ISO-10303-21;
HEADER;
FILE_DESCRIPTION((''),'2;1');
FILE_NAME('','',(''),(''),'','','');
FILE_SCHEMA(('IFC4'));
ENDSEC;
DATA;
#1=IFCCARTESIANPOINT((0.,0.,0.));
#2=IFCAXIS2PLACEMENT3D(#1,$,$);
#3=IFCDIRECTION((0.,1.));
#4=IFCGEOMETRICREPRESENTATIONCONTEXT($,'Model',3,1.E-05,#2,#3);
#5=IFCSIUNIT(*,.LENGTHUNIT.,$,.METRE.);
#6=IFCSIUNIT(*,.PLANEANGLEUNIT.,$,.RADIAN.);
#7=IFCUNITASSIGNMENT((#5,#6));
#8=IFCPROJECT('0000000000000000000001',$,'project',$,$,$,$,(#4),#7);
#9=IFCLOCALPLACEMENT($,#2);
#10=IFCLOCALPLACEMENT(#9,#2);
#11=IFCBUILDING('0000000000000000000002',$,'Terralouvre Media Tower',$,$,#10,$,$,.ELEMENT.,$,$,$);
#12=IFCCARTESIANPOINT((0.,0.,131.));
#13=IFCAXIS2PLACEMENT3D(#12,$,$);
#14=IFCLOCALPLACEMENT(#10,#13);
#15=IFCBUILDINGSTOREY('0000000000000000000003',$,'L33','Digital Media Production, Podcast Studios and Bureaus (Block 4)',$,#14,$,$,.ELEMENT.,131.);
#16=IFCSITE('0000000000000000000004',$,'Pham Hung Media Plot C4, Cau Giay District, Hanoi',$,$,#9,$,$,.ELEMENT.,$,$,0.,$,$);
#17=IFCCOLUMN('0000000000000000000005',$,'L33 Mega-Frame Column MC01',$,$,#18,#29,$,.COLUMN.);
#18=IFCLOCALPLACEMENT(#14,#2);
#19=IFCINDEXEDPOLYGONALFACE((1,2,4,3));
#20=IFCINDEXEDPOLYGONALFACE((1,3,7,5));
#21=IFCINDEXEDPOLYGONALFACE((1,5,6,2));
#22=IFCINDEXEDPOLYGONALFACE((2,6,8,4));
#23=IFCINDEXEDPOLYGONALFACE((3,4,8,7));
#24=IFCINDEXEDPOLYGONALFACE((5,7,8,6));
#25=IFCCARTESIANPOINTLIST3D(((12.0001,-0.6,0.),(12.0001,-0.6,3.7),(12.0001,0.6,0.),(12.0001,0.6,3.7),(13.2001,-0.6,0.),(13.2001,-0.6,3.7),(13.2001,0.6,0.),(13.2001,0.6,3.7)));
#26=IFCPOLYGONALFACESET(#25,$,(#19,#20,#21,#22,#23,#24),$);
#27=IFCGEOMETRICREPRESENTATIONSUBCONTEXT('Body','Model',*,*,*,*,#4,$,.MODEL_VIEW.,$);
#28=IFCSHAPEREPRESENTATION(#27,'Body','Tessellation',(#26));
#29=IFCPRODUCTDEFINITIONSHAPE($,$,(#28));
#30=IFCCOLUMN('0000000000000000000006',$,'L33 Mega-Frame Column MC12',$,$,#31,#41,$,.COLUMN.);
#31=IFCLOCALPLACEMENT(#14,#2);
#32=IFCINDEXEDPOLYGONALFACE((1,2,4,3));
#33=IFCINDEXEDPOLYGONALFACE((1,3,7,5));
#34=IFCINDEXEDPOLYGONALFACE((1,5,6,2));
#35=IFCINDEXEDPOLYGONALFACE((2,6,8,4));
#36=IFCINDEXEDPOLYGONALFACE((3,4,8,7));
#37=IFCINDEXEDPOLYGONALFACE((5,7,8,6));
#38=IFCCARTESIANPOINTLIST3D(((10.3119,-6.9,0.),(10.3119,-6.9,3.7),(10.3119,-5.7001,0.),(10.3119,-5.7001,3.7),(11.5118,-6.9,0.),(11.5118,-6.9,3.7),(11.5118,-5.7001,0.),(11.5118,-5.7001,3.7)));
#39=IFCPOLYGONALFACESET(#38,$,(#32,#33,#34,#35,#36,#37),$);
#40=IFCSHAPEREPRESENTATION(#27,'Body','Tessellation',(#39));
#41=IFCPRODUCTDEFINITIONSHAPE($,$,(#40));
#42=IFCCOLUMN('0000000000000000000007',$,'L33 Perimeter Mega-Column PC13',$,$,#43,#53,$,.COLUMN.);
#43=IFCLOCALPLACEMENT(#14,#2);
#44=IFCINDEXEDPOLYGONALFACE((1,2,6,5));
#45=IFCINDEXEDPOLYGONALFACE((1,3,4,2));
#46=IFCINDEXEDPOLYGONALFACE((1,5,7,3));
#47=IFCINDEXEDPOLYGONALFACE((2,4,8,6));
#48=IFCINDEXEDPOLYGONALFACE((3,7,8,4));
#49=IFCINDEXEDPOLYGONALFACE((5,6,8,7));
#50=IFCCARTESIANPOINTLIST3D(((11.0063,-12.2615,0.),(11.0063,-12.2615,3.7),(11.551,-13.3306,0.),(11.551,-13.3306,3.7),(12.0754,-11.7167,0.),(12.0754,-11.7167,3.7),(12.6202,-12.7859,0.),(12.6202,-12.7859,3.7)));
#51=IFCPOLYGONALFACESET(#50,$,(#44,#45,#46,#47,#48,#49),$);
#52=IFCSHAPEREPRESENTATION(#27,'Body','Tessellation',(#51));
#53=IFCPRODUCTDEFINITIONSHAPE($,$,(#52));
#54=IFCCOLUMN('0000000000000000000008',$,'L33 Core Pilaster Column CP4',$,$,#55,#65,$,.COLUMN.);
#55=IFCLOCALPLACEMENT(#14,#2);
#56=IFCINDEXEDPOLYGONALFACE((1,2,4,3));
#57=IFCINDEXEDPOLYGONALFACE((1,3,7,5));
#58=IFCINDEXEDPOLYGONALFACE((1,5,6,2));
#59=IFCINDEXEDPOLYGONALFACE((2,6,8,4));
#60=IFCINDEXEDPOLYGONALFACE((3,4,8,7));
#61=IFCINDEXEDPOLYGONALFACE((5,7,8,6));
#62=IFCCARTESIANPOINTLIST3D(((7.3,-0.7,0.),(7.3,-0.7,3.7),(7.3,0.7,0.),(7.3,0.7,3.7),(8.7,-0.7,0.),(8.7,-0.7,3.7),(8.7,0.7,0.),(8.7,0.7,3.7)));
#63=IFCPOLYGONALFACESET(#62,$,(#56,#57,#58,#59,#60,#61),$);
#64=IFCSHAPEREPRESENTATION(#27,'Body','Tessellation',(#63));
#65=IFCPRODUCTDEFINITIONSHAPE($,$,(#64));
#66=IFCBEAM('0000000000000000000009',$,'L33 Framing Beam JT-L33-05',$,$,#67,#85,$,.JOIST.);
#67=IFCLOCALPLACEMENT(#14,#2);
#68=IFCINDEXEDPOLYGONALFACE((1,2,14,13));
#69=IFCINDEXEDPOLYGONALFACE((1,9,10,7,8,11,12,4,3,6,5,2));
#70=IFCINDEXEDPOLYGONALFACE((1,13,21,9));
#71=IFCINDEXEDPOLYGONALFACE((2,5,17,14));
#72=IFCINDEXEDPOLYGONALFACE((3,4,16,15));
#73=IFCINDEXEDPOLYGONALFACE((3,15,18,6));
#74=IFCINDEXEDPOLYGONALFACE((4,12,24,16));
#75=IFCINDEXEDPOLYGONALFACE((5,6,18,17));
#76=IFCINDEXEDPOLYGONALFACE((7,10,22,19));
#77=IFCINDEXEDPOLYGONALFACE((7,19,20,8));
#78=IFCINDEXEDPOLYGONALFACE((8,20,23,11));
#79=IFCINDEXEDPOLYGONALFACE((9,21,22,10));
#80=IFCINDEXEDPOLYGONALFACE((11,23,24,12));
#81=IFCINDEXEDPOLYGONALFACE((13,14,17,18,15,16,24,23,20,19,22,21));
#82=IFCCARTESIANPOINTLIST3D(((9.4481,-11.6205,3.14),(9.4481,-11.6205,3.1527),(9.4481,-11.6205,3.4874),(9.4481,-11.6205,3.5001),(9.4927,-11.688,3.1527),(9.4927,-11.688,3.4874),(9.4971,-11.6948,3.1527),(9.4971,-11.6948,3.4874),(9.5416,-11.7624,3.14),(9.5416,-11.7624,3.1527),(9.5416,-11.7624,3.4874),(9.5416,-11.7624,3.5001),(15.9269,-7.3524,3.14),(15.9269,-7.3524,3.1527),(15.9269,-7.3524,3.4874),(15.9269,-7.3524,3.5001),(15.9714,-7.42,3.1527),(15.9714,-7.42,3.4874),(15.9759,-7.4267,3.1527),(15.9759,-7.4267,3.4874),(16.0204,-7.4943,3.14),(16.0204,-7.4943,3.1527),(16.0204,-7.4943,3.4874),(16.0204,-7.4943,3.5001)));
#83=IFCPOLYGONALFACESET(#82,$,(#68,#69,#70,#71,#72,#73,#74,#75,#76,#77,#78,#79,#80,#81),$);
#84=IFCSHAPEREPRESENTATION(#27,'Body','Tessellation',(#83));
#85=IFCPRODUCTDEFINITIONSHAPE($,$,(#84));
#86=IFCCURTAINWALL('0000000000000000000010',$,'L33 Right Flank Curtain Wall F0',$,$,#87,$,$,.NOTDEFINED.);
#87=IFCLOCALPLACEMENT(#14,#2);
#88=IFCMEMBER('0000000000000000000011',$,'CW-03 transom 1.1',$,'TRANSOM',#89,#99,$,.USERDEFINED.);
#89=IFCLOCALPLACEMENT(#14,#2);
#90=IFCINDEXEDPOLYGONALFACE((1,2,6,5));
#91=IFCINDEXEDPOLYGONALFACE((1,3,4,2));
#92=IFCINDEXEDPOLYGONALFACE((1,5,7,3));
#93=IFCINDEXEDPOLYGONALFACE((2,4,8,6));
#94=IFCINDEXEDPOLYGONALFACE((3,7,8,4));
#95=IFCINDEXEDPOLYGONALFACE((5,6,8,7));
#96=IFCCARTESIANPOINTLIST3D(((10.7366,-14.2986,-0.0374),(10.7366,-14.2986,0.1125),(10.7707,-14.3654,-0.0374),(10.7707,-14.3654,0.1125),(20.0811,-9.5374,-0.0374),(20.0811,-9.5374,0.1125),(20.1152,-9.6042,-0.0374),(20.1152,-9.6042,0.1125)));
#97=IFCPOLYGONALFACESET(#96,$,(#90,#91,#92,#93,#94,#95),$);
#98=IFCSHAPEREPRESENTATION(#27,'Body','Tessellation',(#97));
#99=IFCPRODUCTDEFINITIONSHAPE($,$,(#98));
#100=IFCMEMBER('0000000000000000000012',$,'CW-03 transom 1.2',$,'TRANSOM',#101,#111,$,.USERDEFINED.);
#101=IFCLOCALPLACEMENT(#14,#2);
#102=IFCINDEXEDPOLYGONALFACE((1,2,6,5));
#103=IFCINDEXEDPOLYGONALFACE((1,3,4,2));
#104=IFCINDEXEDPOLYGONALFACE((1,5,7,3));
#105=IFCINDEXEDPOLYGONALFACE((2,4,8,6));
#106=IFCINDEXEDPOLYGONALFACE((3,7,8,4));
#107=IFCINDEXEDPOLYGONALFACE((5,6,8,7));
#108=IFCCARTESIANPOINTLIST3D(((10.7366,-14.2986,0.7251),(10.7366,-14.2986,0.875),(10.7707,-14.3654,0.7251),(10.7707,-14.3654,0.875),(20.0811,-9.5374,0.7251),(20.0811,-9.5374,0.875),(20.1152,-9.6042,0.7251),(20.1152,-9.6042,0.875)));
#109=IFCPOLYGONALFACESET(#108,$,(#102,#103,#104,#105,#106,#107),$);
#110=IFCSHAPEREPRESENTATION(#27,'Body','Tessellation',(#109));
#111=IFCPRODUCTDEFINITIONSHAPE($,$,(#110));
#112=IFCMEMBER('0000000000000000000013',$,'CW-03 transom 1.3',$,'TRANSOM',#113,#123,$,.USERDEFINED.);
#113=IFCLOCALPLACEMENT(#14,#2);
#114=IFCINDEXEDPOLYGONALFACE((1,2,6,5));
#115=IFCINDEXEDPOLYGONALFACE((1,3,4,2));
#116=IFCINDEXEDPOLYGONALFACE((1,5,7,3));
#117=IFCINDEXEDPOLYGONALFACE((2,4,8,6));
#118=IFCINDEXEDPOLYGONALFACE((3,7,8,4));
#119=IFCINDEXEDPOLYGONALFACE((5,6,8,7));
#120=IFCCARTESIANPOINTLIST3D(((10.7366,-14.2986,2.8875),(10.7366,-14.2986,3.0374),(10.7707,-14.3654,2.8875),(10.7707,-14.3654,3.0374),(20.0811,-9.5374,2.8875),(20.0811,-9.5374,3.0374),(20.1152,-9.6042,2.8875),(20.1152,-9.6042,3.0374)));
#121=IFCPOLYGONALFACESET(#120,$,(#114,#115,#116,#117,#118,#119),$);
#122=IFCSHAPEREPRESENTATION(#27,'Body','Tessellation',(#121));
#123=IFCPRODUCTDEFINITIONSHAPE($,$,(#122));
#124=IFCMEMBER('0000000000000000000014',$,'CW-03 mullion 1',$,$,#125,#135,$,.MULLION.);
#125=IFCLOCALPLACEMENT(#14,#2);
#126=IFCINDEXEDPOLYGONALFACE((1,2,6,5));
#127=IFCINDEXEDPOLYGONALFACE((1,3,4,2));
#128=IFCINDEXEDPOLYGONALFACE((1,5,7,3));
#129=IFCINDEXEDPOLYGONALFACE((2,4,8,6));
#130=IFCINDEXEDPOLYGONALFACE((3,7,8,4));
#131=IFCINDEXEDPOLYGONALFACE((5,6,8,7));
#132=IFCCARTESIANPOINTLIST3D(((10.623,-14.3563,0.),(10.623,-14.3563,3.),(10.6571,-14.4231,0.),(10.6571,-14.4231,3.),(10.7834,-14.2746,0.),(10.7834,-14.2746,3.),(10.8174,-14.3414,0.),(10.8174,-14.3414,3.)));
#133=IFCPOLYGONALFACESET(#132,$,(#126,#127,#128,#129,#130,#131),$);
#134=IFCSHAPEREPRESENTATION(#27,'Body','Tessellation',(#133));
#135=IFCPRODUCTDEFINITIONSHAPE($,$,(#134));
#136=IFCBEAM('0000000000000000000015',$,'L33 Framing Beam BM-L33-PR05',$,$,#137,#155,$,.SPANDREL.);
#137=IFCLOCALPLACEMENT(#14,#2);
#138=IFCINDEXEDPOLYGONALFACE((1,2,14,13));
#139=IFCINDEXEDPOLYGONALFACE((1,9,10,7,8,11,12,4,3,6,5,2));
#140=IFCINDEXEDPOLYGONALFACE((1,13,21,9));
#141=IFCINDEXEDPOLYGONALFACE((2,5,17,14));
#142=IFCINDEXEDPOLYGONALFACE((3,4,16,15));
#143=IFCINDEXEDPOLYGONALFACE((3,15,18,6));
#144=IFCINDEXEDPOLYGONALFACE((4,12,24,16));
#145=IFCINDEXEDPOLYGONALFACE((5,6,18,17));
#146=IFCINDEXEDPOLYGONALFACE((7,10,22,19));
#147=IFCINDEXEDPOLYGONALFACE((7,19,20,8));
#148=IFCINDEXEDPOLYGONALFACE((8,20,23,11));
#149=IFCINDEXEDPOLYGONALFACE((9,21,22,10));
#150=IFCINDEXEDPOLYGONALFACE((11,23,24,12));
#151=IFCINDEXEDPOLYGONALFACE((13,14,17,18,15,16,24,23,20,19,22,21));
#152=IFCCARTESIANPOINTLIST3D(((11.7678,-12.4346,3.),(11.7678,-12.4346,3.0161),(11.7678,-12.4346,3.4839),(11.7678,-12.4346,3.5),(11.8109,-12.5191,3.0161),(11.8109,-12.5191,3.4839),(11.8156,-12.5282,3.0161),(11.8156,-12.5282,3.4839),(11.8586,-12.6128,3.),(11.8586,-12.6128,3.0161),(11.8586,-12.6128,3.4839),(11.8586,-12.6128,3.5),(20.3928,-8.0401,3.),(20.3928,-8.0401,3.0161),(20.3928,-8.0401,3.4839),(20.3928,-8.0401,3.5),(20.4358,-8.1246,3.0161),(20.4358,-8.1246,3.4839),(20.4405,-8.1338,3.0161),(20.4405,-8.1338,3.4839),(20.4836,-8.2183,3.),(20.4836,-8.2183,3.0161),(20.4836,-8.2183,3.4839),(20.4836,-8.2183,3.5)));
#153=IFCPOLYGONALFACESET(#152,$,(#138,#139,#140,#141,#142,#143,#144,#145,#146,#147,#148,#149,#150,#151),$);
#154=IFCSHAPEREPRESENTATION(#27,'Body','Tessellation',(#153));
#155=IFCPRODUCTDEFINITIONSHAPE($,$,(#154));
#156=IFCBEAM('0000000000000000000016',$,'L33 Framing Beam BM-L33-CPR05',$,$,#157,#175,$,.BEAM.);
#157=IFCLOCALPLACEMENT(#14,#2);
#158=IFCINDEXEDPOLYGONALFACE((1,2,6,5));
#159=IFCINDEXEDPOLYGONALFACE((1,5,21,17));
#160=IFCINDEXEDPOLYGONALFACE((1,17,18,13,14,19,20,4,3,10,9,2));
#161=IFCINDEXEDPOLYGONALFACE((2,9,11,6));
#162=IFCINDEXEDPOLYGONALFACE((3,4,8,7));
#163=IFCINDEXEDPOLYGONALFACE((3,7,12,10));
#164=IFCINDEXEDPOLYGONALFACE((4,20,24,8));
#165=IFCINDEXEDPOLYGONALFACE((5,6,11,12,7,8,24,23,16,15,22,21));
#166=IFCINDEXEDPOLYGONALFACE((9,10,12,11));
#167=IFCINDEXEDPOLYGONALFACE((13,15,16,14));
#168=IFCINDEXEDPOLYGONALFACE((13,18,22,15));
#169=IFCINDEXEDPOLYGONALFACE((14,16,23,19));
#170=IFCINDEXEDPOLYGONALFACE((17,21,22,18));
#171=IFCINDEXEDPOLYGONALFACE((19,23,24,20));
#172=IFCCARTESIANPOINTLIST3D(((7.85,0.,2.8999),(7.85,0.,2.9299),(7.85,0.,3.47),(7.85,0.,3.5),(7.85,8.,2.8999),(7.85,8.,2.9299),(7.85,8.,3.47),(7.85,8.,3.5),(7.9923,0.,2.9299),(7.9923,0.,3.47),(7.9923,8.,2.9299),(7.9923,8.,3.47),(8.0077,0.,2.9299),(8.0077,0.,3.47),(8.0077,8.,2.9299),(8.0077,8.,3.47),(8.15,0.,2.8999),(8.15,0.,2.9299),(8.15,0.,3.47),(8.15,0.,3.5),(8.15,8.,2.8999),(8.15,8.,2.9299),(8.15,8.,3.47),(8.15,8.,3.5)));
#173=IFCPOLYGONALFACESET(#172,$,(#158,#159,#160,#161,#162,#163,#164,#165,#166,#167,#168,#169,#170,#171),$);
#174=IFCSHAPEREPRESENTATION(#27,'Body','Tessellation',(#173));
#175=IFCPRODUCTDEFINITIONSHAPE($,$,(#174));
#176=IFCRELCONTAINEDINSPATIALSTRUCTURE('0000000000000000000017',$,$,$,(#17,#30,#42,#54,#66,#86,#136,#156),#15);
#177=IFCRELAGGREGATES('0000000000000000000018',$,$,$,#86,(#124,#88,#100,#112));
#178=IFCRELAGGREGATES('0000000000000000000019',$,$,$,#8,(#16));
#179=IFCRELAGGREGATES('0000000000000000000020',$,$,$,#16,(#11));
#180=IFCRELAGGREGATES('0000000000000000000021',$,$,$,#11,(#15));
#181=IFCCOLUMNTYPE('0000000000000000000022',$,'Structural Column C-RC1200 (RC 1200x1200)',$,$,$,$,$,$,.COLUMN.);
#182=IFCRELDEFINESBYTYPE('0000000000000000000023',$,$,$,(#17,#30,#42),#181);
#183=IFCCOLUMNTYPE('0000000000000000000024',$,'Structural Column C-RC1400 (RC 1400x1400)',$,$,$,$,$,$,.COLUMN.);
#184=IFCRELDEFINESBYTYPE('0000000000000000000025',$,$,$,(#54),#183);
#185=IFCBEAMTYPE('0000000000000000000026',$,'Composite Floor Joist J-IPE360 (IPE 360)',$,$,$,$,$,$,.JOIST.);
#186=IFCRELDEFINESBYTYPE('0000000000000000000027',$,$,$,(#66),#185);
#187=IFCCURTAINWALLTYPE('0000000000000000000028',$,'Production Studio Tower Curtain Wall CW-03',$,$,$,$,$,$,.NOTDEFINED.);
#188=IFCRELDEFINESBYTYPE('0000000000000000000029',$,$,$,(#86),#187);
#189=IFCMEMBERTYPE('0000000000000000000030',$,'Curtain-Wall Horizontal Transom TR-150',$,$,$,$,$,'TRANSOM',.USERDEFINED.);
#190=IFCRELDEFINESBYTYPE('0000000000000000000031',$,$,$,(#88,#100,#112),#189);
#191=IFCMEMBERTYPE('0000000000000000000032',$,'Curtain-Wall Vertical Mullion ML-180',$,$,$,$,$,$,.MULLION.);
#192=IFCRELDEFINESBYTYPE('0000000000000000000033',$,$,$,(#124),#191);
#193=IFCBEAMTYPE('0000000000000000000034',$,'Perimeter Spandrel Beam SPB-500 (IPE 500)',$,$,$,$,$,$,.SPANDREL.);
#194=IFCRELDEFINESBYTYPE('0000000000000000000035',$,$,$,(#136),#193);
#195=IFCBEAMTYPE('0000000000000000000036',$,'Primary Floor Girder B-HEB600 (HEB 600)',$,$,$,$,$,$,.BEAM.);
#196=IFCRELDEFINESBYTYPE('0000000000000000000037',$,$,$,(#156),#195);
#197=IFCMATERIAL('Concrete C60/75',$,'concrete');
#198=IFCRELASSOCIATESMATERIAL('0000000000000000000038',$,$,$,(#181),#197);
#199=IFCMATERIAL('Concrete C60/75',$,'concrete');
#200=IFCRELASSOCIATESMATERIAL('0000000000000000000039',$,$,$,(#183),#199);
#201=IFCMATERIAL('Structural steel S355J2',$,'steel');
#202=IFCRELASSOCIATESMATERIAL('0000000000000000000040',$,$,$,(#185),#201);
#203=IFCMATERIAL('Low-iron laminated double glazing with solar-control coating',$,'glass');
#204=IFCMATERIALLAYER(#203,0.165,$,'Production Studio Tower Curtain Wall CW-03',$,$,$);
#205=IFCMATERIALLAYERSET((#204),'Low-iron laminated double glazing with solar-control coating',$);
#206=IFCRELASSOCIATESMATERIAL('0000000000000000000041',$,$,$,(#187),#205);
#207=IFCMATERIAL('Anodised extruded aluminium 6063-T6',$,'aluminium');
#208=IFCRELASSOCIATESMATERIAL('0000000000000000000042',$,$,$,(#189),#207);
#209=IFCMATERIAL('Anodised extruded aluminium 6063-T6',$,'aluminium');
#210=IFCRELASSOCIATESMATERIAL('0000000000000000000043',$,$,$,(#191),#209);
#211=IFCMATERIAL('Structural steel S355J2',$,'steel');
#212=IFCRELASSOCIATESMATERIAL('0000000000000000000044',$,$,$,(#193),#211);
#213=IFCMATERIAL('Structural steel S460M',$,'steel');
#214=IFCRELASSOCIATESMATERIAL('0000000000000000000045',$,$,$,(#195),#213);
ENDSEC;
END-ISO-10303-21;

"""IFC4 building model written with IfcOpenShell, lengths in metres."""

from ifc_helpers import new_model, si_unit, direction, frame, origin, origin_2d, place, context, subcontext, project, spatial, rectangle, i_section, extrude, material, layer, layer_set, material_profile, profile_set, type_object, element, aggregate, save


model = new_model("IFC4")

# Units and contexts
model_context = context("Model", 3, precision=1e-05, world=origin(), true_north=direction((0.0, 1.0)))
body_context = subcontext(model_context, "Body", "Model", "MODEL_VIEW")
ifc_project = project(units=[si_unit("LENGTHUNIT", "METRE"), si_unit("PLANEANGLEUNIT", "RADIAN")], contexts=[model_context])

# Site, building, storey
site_placement = place(None, origin())
site = spatial("IfcSite", under=ifc_project, at=site_placement, Name="Pham Hung Media Plot C4, Cau Giay District, Hanoi", CompositionType="ELEMENT", RefElevation=0.0)
building_placement = place(site_placement, origin())
building = spatial("IfcBuilding", under=site, at=building_placement, Name="Terralouvre Media Tower", CompositionType="ELEMENT")
storey_placement = place(building_placement, frame((0.0, 0.0, 131.0)))
storey = spatial("IfcBuildingStorey", under=building, at=storey_placement, Name="L33", Description="Digital Media Production, Podcast Studios and Bureaus (Block 4)", CompositionType="ELEMENT", Elevation=131.0)

# Columns
ifc_material_1 = material(Name="Concrete C60/75", Category="concrete")
ifc_material_profile_1 = material_profile(ifc_material_1, rectangle(XDim=1.2, YDim=1.2, at=origin_2d()), Name="RC 1200x1200")
ifc_profile_set_1 = profile_set([ifc_material_profile_1], Name="Concrete C60/75")
column_type_1 = type_object("IfcColumnType", Name="Structural Column C-RC1200 (RC 1200x1200)", PredefinedType="COLUMN", material=ifc_profile_set_1)
for number, where, z_axis, x_axis, name in (
    (1, (12.6001, 0.0, 0.0), (0.0, 0.0, 1.0), (1.0, 0.0, 0.0), "L33 Mega-Frame Column MC01"),
    (2, (10.9119, -6.3, 0.0), (0.0, 0.0, 1.0), (1.0, 0.0, 0.0), "L33 Mega-Frame Column MC12"),
    (3, (11.8132, -12.5237, 0.0), (0.0, 0.0, 1.0), (0.891007, 0.45399, 0.0), "L33 Perimeter Mega-Column PC13"),
):
    element("IfcColumn", number, at=place(storey_placement, frame(where, z_axis=z_axis, x_axis=x_axis)), inside=storey, type_object=column_type_1, Name=name, PredefinedType="COLUMN", context=body_context, shape_type="SweptSolid", body=[
        extrude(rectangle(XDim=1.2, YDim=1.2, at=origin_2d()), origin(), (0.0, 0.0, 1.0), 3.7),
    ])
ifc_material_2 = material(Name="Concrete C60/75", Category="concrete")
ifc_material_profile_2 = material_profile(ifc_material_2, rectangle(XDim=1.3999, YDim=1.3999, at=origin_2d()), Name="RC 1400x1400")
ifc_profile_set_2 = profile_set([ifc_material_profile_2], Name="Concrete C60/75")
column_type_2 = type_object("IfcColumnType", Name="Structural Column C-RC1400 (RC 1400x1400)", PredefinedType="COLUMN", material=ifc_profile_set_2)
column_placement = place(storey_placement, frame((8.0, 0.0, 0.0), z_axis=(0.0, 0.0, 1.0), x_axis=(1.0, 0.0, 0.0)))
element("IfcColumn", 4, at=column_placement, inside=storey, type_object=column_type_2, Name="L33 Core Pilaster Column CP4", PredefinedType="COLUMN", context=body_context, shape_type="SweptSolid", body=[
    extrude(rectangle(XDim=1.3999, YDim=1.3999, at=origin_2d()), origin(), (0.0, 0.0, 1.0), 3.7),
])

# Beam
ifc_material_3 = material(Name="Structural steel S355J2", Category="steel")
ifc_material_profile_3 = material_profile(ifc_material_3, i_section(OverallWidth=0.1699, OverallDepth=0.3601, WebThickness=0.0081, FlangeThickness=0.0127, at=origin_2d()), Name="IPE 360")
ifc_profile_set_3 = profile_set([ifc_material_profile_3], Name="Structural steel S355J2")
beam_type_1 = type_object("IfcBeamType", Name="Composite Floor Joist J-IPE360 (IPE 360)", PredefinedType="JOIST", material=ifc_profile_set_3)
beam_1_placement = place(storey_placement, frame((9.4949, -11.6914, 3.3201), z_axis=(0.835078, 0.550131, 0.0), x_axis=(-0.550131, 0.835078, 0.0)))
element("IfcBeam", 5, at=beam_1_placement, inside=storey, type_object=beam_type_1, Name="L33 Framing Beam JT-L33-05", PredefinedType="JOIST", context=body_context, shape_type="SweptSolid", body=[
    extrude(i_section(OverallWidth=0.1699, OverallDepth=0.3601, WebThickness=0.0081, FlangeThickness=0.0127, at=origin_2d()), origin(), (0.0, 0.0, 1.0), 7.7583),
])

# Curtain wall, members
ifc_material_4 = material(Name="Low-iron laminated double glazing with solar-control coating", Category="glass")
ifc_layer_1 = layer(ifc_material_4, 0.165, Name="Production Studio Tower Curtain Wall CW-03")
ifc_layer_set_1 = layer_set([ifc_layer_1], Name="Low-iron laminated double glazing with solar-control coating")
curtain_wall_type = type_object("IfcCurtainWallType", Name="Production Studio Tower Curtain Wall CW-03", PredefinedType="NOTDEFINED", material=ifc_layer_set_1)
curtain_wall_placement = place(storey_placement, origin())
curtain_wall = element("IfcCurtainWall", 6, at=curtain_wall_placement, inside=storey, type_object=curtain_wall_type, Name="L33 Right Flank Curtain Wall F0", PredefinedType="NOTDEFINED")
ifc_material_5 = material(Name="Anodised extruded aluminium 6063-T6", Category="aluminium")
ifc_material_profile_4 = material_profile(ifc_material_5, rectangle(XDim=0.075, YDim=0.1499, at=origin_2d()), Name="ALU 75x150")
ifc_profile_set_4 = profile_set([ifc_material_profile_4], Name="Anodised extruded aluminium 6063-T6")
member_type_1 = type_object("IfcMemberType", Name="Curtain-Wall Horizontal Transom TR-150", ElementType="TRANSOM", PredefinedType="USERDEFINED", material=ifc_profile_set_4)
member_1_placement = place(storey_placement, frame((10.7537, -14.332, 0.0376), z_axis=(0.891007, 0.453989, 0.0), x_axis=(-0.453989, 0.891007, 0.0)))
member_1 = element("IfcMember", 7, at=member_1_placement, type_object=member_type_1, Name="CW-03 transom 1.1", ObjectType="TRANSOM", PredefinedType="USERDEFINED", context=body_context, shape_type="SweptSolid", body=[
    extrude(rectangle(XDim=0.075, YDim=0.1499, at=origin_2d()), origin(), (0.0, 0.0, 1.0), 10.4875),
])
member_2_placement = place(storey_placement, frame((10.7537, -14.332, 0.8), z_axis=(0.891007, 0.453989, 0.0), x_axis=(-0.453989, 0.891007, 0.0)))
member_2 = element("IfcMember", 8, at=member_2_placement, type_object=member_type_1, Name="CW-03 transom 1.2", ObjectType="TRANSOM", PredefinedType="USERDEFINED", context=body_context, shape_type="SweptSolid", body=[
    extrude(rectangle(XDim=0.075, YDim=0.1499, at=origin_2d()), origin(), (0.0, 0.0, 1.0), 10.4875),
])
member_3_placement = place(storey_placement, frame((10.7537, -14.332, 2.9624), z_axis=(0.891007, 0.453989, 0.0), x_axis=(-0.453989, 0.891007, 0.0)))
member_3 = element("IfcMember", 9, at=member_3_placement, type_object=member_type_1, Name="CW-03 transom 1.3", ObjectType="TRANSOM", PredefinedType="USERDEFINED", context=body_context, shape_type="SweptSolid", body=[
    extrude(rectangle(XDim=0.075, YDim=0.1499, at=origin_2d()), origin(), (0.0, 0.0, 1.0), 10.4875),
])
ifc_material_6 = material(Name="Anodised extruded aluminium 6063-T6", Category="aluminium")
ifc_material_profile_5 = material_profile(ifc_material_6, rectangle(XDim=0.075, YDim=0.1799, at=origin_2d()), Name="ALU 75x180")
ifc_profile_set_5 = profile_set([ifc_material_profile_5], Name="Anodised extruded aluminium 6063-T6")
member_type_2 = type_object("IfcMemberType", Name="Curtain-Wall Vertical Mullion ML-180", PredefinedType="MULLION", material=ifc_profile_set_5)
member_4_placement = place(storey_placement, frame((10.7202, -14.3489, 0.0), z_axis=(0.0, 0.0, 1.0), x_axis=(-0.453991, 0.891006, 0.0)))
member_4 = element("IfcMember", 10, at=member_4_placement, type_object=member_type_2, Name="CW-03 mullion 1", PredefinedType="MULLION", context=body_context, shape_type="SweptSolid", body=[
    extrude(rectangle(XDim=0.075, YDim=0.1799, at=origin_2d()), origin(), (0.0, 0.0, 1.0), 3.0),
])

# Beams
ifc_material_7 = material(Name="Structural steel S355J2", Category="steel")
ifc_material_profile_6 = material_profile(ifc_material_7, i_section(OverallWidth=0.2, OverallDepth=0.5, WebThickness=0.0103, FlangeThickness=0.0161, at=origin_2d()), Name="IPE 500")
ifc_profile_set_6 = profile_set([ifc_material_profile_6], Name="Structural steel S355J2")
beam_type_2 = type_object("IfcBeamType", Name="Perimeter Spandrel Beam SPB-500 (IPE 500)", PredefinedType="SPANDREL", material=ifc_profile_set_6)
beam_2_placement = place(storey_placement, frame((11.8132, -12.5237, 3.25), z_axis=(0.891012, 0.45398, 0.0), x_axis=(-0.45398, 0.891012, 0.0)))
element("IfcBeam", 11, at=beam_2_placement, inside=storey, type_object=beam_type_2, Name="L33 Framing Beam BM-L33-PR05", PredefinedType="SPANDREL", context=body_context, shape_type="SweptSolid", body=[
    extrude(i_section(OverallWidth=0.2, OverallDepth=0.5, WebThickness=0.0103, FlangeThickness=0.0161, at=origin_2d()), origin(), (0.0, 0.0, 1.0), 9.6799),
])
ifc_material_8 = material(Name="Structural steel S460M", Category="steel")
ifc_material_profile_7 = material_profile(ifc_material_8, i_section(OverallWidth=0.3, OverallDepth=0.6001, WebThickness=0.0154, FlangeThickness=0.03, at=origin_2d()), Name="HEB 600")
ifc_profile_set_7 = profile_set([ifc_material_profile_7], Name="Structural steel S460M")
beam_type_3 = type_object("IfcBeamType", Name="Primary Floor Girder B-HEB600 (HEB 600)", PredefinedType="BEAM", material=ifc_profile_set_7)
beam_3_placement = place(storey_placement, frame((8.0, 0.0, 3.2), z_axis=(0.0, 1.0, 0.0), x_axis=(-1.0, 0.0, 0.0)))
element("IfcBeam", 12, at=beam_3_placement, inside=storey, type_object=beam_type_3, Name="L33 Framing Beam BM-L33-CPR05", PredefinedType="BEAM", context=body_context, shape_type="SweptSolid", body=[
    extrude(i_section(OverallWidth=0.3, OverallDepth=0.6001, WebThickness=0.0154, FlangeThickness=0.03, at=origin_2d()), origin(), (0.0, 0.0, 1.0), 8.0),
])

aggregate(curtain_wall, [member_4, member_1, member_2, member_3])

save(model, "model.ifc")
